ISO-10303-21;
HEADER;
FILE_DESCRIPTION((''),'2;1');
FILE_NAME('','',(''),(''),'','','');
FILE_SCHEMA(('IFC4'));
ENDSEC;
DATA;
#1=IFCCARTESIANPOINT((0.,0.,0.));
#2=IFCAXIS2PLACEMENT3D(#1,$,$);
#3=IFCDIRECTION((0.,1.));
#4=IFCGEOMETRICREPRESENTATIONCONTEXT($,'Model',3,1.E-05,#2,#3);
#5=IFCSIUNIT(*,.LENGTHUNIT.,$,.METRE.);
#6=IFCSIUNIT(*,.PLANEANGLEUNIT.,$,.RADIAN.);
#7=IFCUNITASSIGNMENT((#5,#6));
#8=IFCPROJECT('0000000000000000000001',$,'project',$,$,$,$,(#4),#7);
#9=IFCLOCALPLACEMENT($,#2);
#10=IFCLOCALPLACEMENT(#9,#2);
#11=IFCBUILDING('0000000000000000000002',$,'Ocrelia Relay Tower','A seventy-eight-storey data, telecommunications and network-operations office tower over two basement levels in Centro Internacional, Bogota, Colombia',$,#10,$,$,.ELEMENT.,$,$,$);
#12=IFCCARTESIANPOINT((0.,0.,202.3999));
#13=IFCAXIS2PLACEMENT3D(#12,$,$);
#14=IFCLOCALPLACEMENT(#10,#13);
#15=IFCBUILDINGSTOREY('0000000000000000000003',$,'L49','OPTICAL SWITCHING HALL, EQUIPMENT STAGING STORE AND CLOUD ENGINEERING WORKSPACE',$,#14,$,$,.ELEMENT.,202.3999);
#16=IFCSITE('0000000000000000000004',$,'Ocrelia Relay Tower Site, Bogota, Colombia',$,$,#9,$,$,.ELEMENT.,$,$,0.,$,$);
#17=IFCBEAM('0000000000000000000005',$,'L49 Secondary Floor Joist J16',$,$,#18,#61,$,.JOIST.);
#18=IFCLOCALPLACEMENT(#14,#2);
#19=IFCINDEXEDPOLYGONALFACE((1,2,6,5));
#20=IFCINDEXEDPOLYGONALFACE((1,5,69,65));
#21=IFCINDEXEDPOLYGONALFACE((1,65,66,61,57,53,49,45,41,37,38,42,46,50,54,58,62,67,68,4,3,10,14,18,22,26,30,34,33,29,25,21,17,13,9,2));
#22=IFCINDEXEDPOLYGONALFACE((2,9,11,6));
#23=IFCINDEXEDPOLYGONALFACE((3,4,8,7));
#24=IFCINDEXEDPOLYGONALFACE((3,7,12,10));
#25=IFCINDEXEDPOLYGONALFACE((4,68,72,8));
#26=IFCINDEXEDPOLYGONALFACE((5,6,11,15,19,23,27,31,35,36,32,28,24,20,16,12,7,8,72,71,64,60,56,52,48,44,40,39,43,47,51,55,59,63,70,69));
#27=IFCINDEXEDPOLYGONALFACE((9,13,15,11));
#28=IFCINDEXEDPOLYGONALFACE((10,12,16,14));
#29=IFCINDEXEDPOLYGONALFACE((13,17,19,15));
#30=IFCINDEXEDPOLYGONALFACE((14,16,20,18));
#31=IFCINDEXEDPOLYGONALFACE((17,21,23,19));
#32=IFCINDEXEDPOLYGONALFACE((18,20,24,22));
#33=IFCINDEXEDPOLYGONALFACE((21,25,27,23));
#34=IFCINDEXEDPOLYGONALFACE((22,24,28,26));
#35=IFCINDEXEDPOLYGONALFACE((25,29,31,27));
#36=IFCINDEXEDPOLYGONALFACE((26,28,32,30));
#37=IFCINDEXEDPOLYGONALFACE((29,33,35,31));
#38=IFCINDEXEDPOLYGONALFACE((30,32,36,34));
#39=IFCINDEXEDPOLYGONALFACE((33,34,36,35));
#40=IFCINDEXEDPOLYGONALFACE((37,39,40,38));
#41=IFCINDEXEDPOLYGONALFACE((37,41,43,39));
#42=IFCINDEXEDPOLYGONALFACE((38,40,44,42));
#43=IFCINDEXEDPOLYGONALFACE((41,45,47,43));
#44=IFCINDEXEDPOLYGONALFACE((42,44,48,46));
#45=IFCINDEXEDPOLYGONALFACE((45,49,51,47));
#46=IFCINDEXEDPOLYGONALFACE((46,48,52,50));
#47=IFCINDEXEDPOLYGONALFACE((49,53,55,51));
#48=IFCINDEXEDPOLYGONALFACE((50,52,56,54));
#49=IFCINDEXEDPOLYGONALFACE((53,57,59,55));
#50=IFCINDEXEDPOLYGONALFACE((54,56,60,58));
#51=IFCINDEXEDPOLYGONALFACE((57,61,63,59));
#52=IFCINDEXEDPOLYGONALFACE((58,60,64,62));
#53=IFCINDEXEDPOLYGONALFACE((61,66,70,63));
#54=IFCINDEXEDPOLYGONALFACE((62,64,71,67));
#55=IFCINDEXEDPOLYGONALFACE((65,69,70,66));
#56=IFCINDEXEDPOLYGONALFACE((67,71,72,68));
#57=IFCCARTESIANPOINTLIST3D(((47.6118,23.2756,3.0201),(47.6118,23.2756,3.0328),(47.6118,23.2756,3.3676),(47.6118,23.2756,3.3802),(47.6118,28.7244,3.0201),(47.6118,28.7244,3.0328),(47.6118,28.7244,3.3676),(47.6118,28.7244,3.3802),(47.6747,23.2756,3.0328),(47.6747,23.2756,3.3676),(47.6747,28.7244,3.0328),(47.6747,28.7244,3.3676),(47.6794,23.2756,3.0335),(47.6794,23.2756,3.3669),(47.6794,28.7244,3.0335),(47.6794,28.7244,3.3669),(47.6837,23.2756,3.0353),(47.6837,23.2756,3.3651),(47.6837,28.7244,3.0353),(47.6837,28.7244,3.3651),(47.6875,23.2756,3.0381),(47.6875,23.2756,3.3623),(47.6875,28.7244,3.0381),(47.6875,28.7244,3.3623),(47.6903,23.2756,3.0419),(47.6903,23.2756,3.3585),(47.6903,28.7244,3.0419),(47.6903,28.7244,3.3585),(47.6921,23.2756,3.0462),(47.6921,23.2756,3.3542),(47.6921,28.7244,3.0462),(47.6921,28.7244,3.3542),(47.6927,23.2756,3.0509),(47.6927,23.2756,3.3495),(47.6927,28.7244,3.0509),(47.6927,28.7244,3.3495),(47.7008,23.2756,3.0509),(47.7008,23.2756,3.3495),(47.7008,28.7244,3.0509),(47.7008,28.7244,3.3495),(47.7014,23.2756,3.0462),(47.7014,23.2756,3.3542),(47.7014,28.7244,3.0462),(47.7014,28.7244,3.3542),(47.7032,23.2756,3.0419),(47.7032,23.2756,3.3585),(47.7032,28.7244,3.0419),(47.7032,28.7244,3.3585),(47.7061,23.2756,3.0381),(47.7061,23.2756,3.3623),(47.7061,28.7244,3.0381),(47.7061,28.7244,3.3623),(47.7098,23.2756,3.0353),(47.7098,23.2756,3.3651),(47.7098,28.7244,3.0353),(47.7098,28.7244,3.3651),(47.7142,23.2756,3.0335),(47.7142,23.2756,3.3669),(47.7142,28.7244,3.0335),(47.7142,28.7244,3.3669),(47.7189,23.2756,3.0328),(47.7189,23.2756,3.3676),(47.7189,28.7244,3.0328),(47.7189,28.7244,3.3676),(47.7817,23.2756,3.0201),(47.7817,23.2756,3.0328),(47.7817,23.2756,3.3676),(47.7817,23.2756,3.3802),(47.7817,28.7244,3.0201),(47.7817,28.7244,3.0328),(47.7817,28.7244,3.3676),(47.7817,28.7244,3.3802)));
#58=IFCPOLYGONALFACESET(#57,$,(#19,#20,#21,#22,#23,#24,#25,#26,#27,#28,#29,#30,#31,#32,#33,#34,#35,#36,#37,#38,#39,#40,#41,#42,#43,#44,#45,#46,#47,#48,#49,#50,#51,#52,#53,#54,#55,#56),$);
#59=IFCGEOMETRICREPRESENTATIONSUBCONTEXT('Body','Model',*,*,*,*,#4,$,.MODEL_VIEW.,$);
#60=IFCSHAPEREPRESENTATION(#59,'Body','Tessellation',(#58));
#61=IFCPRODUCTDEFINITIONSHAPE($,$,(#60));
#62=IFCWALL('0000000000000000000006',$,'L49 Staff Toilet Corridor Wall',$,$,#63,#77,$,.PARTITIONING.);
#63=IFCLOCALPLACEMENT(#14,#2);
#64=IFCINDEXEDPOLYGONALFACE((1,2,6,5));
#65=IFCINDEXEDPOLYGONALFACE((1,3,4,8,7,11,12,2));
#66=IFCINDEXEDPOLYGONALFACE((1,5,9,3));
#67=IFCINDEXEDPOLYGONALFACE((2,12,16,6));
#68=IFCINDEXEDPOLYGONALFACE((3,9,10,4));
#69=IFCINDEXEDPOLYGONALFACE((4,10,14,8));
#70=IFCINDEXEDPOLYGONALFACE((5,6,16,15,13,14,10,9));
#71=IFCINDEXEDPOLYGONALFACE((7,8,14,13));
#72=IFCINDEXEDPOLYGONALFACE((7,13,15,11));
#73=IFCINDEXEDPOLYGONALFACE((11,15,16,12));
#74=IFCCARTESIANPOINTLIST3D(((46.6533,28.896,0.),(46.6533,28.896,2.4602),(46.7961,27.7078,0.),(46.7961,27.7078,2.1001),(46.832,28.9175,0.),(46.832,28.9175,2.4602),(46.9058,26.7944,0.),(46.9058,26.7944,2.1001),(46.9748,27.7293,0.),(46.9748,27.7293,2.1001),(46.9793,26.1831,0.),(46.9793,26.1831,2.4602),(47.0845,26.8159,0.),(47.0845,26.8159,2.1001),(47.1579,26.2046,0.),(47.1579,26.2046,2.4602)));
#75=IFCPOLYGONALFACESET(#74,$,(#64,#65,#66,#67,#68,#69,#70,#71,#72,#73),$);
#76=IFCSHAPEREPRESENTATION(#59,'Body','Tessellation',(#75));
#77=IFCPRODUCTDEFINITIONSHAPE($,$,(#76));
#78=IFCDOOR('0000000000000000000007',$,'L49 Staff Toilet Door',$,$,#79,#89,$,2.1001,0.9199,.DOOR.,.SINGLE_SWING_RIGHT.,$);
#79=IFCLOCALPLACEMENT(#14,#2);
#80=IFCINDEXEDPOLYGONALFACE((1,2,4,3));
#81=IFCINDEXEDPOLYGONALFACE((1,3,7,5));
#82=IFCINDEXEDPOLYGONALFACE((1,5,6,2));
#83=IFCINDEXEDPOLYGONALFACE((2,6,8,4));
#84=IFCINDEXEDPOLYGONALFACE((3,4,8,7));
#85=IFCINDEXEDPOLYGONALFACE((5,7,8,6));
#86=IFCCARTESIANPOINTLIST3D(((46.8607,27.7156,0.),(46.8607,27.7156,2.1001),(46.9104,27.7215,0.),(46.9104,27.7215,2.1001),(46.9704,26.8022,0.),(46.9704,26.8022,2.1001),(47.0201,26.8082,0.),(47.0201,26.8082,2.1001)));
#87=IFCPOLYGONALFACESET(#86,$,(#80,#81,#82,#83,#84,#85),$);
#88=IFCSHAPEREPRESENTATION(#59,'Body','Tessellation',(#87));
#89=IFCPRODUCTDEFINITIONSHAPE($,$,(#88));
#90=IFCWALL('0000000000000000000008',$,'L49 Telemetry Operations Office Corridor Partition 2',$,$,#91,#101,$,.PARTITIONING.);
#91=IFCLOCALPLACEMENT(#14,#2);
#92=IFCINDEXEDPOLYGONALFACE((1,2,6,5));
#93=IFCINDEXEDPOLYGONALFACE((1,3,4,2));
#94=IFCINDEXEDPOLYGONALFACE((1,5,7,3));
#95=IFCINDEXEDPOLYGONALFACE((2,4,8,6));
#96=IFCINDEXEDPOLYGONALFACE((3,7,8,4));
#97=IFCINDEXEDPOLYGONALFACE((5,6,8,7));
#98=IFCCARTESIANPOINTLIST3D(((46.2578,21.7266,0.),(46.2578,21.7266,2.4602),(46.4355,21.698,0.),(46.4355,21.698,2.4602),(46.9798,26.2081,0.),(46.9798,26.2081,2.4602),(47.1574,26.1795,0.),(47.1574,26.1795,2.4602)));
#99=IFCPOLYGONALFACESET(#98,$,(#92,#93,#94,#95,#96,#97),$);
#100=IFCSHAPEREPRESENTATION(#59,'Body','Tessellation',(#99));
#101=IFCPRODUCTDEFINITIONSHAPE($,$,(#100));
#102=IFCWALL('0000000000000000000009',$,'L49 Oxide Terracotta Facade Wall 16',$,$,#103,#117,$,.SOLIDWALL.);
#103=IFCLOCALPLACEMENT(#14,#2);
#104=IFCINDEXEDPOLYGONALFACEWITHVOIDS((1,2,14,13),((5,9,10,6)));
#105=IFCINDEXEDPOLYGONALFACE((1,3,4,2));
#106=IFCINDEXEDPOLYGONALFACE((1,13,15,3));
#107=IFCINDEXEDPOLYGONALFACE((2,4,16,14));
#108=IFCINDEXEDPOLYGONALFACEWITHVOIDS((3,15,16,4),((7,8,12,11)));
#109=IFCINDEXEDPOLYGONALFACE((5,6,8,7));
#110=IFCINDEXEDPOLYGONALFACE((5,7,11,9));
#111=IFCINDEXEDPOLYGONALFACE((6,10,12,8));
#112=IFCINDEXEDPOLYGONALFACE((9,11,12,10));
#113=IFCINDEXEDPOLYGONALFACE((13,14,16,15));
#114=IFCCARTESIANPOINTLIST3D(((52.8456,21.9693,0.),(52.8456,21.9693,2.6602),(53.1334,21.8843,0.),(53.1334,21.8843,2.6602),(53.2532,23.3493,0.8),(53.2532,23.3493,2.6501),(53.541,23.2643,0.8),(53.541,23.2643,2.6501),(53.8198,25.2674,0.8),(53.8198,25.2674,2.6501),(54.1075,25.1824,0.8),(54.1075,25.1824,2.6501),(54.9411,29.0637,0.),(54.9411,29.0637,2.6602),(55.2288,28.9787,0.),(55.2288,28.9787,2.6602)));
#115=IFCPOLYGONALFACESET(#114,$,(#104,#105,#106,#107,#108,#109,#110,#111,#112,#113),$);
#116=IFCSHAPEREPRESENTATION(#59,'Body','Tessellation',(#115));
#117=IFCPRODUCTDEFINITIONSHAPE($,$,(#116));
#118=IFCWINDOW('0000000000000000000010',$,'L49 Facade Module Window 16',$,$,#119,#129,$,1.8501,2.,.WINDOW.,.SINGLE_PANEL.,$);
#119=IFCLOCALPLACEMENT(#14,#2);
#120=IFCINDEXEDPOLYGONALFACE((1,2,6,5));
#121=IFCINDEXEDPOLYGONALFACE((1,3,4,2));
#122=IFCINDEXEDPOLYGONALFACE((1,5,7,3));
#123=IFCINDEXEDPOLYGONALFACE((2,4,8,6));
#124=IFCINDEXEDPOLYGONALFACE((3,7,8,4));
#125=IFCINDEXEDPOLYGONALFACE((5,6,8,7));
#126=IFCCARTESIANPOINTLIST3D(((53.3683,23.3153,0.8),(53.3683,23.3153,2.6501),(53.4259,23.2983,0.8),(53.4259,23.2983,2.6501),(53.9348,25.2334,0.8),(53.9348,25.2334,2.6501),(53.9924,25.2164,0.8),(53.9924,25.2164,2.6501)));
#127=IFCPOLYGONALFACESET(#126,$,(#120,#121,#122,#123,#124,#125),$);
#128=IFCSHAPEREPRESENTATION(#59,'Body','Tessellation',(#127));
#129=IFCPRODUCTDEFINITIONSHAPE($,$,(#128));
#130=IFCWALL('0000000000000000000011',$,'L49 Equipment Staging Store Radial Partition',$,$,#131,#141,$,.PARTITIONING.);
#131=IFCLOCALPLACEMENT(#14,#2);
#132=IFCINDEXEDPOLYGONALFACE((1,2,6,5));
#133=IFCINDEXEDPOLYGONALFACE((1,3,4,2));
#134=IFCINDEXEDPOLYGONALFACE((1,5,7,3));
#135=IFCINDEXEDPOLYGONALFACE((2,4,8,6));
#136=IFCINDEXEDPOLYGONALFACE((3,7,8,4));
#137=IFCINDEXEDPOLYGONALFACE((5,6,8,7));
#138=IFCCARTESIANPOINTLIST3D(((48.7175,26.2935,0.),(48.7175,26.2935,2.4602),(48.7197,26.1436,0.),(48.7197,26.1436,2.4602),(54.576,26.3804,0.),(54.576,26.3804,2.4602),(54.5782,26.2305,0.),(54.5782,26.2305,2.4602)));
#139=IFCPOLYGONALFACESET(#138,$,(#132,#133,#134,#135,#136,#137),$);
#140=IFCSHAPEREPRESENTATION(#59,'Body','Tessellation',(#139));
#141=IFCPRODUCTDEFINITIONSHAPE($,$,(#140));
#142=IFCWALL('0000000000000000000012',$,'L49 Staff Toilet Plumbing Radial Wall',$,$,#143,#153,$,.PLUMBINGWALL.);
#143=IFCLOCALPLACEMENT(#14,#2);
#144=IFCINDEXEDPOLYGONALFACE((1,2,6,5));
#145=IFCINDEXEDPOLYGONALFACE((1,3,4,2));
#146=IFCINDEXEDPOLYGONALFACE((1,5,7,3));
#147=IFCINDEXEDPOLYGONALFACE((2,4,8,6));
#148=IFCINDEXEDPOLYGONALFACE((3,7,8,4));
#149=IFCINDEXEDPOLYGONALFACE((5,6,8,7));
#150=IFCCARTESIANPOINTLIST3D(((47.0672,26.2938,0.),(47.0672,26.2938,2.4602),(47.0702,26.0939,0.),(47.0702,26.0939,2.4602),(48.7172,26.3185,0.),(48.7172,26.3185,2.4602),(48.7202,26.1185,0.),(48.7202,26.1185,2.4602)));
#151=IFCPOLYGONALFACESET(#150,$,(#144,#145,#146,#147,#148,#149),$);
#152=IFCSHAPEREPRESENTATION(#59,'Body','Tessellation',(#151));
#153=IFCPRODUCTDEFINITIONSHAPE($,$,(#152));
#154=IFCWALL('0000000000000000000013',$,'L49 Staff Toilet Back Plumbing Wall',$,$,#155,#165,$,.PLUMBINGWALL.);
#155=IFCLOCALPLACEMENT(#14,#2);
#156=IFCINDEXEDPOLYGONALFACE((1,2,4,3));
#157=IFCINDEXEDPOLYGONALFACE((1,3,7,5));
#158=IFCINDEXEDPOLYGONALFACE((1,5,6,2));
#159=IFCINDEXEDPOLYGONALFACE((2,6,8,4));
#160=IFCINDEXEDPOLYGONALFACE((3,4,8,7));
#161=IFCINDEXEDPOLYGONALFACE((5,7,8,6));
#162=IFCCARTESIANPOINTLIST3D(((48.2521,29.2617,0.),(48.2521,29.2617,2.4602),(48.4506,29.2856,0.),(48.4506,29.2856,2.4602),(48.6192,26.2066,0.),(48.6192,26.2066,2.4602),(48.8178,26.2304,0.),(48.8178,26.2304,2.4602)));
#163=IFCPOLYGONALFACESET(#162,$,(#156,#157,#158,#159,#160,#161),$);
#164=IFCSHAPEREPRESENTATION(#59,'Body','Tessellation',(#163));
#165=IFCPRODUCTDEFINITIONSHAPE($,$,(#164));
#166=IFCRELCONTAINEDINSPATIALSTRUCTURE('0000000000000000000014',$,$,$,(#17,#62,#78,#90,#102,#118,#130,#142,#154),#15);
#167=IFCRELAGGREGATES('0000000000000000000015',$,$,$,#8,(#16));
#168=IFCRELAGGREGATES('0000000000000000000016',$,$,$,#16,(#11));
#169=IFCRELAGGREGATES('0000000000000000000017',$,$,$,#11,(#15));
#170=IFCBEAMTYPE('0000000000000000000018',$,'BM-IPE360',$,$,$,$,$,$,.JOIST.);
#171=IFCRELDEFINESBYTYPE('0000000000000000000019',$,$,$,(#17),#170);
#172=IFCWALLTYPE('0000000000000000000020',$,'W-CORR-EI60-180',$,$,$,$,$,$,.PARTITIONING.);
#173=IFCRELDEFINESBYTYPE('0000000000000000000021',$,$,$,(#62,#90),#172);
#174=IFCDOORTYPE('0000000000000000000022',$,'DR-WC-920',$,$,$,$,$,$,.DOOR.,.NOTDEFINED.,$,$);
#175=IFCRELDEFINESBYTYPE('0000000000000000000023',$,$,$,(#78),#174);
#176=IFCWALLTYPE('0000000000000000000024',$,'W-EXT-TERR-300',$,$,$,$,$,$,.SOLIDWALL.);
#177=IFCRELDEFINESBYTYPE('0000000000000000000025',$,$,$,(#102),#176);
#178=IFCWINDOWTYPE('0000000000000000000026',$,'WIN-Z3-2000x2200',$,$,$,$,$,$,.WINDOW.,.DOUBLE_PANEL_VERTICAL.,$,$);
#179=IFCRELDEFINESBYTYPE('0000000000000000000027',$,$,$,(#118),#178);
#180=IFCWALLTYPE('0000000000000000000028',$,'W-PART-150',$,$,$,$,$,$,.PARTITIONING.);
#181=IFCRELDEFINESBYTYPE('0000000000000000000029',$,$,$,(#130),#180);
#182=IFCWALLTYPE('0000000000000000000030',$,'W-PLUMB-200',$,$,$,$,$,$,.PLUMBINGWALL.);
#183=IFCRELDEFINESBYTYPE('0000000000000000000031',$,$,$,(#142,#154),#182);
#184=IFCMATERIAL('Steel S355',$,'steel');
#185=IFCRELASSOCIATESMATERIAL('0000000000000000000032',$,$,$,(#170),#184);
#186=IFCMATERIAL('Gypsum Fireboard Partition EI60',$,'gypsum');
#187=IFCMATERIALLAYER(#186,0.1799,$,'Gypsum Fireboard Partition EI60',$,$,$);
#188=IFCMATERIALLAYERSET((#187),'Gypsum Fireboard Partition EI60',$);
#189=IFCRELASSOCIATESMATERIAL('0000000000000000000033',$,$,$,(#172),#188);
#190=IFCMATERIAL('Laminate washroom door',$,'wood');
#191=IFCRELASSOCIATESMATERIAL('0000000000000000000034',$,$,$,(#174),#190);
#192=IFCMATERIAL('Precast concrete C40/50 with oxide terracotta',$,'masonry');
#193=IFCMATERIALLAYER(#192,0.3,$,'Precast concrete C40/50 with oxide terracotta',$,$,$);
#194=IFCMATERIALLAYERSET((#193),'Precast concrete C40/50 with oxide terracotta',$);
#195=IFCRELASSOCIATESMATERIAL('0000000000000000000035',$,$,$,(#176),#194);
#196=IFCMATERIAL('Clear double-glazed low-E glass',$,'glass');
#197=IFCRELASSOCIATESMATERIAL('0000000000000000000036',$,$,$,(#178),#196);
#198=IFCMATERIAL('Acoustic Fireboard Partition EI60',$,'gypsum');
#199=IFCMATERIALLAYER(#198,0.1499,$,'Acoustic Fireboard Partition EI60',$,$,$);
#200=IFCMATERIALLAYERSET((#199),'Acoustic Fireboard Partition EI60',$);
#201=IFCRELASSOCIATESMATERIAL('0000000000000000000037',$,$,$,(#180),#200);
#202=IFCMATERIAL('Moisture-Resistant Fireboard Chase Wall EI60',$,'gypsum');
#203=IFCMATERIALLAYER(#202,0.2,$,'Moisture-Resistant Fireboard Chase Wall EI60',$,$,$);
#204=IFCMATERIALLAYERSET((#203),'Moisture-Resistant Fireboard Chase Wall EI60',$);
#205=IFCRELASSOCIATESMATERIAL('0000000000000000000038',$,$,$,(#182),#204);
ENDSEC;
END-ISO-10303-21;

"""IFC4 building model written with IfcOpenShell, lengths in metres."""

from ifc_helpers import new_model, si_unit, direction, frame, frame_2d, origin, origin_2d, place, context, subcontext, project, spatial, rectangle, i_section, extrude, material, layer, layer_set, material_profile, profile_set, type_object, element, fill, save


model = new_model("IFC4")

# Units and contexts
model_context = context("Model", 3, precision=1e-05, world=origin(), true_north=direction((0.0, 1.0)))
body_context = subcontext(model_context, "Body", "Model", "MODEL_VIEW")
ifc_project = project(units=[si_unit("LENGTHUNIT", "METRE"), si_unit("PLANEANGLEUNIT", "RADIAN")], contexts=[model_context])

# Site, building, storey
site_placement = place(None, origin())
site = spatial("IfcSite", under=ifc_project, at=site_placement, Name="Ocrelia Relay Tower Site, Bogota, Colombia", CompositionType="ELEMENT", RefElevation=0.0)
building_placement = place(site_placement, origin())
building = spatial("IfcBuilding", under=site, at=building_placement, Name="Ocrelia Relay Tower", Description="A seventy-eight-storey data, telecommunications and network-operations office tower over two basement levels in Centro Internacional, Bogota, Colombia", CompositionType="ELEMENT")
storey_placement = place(building_placement, frame((0.0, 0.0, 202.3999)))
storey = spatial("IfcBuildingStorey", under=building, at=storey_placement, Name="L49", Description="OPTICAL SWITCHING HALL, EQUIPMENT STAGING STORE AND CLOUD ENGINEERING WORKSPACE", CompositionType="ELEMENT", Elevation=202.3999)

# Beam
ifc_material_1 = material(Name="Steel S355", Category="steel")
ifc_material_profile_1 = material_profile(ifc_material_1, i_section(OverallWidth=0.1699, OverallDepth=0.3601, WebThickness=0.0081, FlangeThickness=0.0127, FilletRadius=0.0181, at=origin_2d()), Name="IPE 360")
ifc_profile_set_1 = profile_set([ifc_material_profile_1], Name="Steel S355")
beam_type_1 = type_object("IfcBeamType", Name="BM-IPE360", PredefinedType="JOIST", material=ifc_profile_set_1)
beam_1_placement = place(storey_placement, frame((47.6968, 23.2756, 3.2002), z_axis=(0.0, 1.0, 0.0), x_axis=(-1.0, 0.0, 0.0)))
element("IfcBeam", 1, at=beam_1_placement, inside=storey, type_object=beam_type_1, Name="L49 Secondary Floor Joist J16", PredefinedType="JOIST", context=body_context, shape_type="SweptSolid", body=[
    extrude(i_section(OverallWidth=0.1699, OverallDepth=0.3601, WebThickness=0.0081, FlangeThickness=0.0127, FilletRadius=0.0181, at=origin_2d()), origin(), (0.0, 0.0, 1.0), 5.4487),
])

# Wall, opening, door
ifc_material_2 = material(Name="Gypsum Fireboard Partition EI60", Category="gypsum")
ifc_layer_1 = layer(ifc_material_2, 0.1799, Name="Gypsum Fireboard Partition EI60")
ifc_layer_set_1 = layer_set([ifc_layer_1], Name="Gypsum Fireboard Partition EI60")
wall_type_1 = type_object("IfcWallType", Name="W-CORR-EI60-180", PredefinedType="PARTITIONING", material=ifc_layer_set_1)
wall_1_placement = place(storey_placement, frame((47.0686, 26.1938, 0.0), z_axis=(0.0, 0.0, 1.0), x_axis=(-0.119283, 0.99286, 0.0)))
wall_1 = element("IfcWall", 2, at=wall_1_placement, inside=storey, type_object=wall_type_1, Name="L49 Staff Toilet Corridor Wall", PredefinedType="PARTITIONING", context=body_context, shape_type="SweptSolid", body=[
    extrude(rectangle(XDim=2.7324, YDim=0.1799, at=frame_2d((1.3662, 0.0))), origin(), (0.0, 0.0, 1.0), 2.4602),
])
opening_1_placement = place(wall_1_placement, frame((0.6157, 0.0, 0.0)))
opening_1 = element("IfcOpeningElement", 3, at=opening_1_placement, cuts=wall_1, PredefinedType="OPENING", context=body_context, shape_type="SweptSolid", body=[
    extrude(rectangle(XDim=0.9199, YDim=2.1001, at=frame_2d((0.46, 1.05))), frame((0.0, 0.1001, 0.0), z_axis=(0.0, -1.0, 0.0), x_axis=(1.0, 0.0, 0.0)), (0.0, 0.0, 1.0), 0.2),
])
ifc_material_3 = material(Name="Laminate washroom door", Category="wood")
door_type = type_object("IfcDoorType", Name="DR-WC-920", OperationType="NOTDEFINED", PredefinedType="DOOR", material=ifc_material_3)
door_placement = place(opening_1_placement, origin())
door = element("IfcDoor", 4, at=door_placement, inside=storey, type_object=door_type, Name="L49 Staff Toilet Door", OperationType="SINGLE_SWING_RIGHT", OverallHeight=2.1001, OverallWidth=0.9199, PredefinedType="DOOR", context=body_context, shape_type="SweptSolid", body=[
    extrude(rectangle(XDim=0.9199, YDim=2.1001, at=frame_2d((0.46, 1.05))), frame((0.0, 0.0249, 0.0), z_axis=(0.0, -1.0, 0.0), x_axis=(1.0, 0.0, 0.0)), (0.0, 0.0, 1.0), 0.05),
])
fill(opening_1, door)

# Wall
wall_2_placement = place(storey_placement, frame((46.3467, 21.7124, 0.0), z_axis=(0.0, 0.0, 1.0), x_axis=(0.159041, 0.987272, 0.0)))
element("IfcWall", 5, at=wall_2_placement, inside=storey, type_object=wall_type_1, Name="L49 Telemetry Operations Office Corridor Partition 2", PredefinedType="PARTITIONING", context=body_context, shape_type="SweptSolid", body=[
    extrude(rectangle(XDim=4.5393, YDim=0.1799, at=frame_2d((2.2695, 0.0))), origin(), (0.0, 0.0, 1.0), 2.4602),
])

# Wall, opening, window
ifc_material_4 = material(Name="Precast concrete C40/50 with oxide terracotta", Category="masonry")
ifc_layer_2 = layer(ifc_material_4, 0.3, Name="Precast concrete C40/50 with oxide terracotta")
ifc_layer_set_2 = layer_set([ifc_layer_2], Name="Precast concrete C40/50 with oxide terracotta")
wall_type_2 = type_object("IfcWallType", Name="W-EXT-TERR-300", PredefinedType="SOLIDWALL", material=ifc_layer_set_2)
wall_3_placement = place(storey_placement, frame((52.9895, 21.9268, 0.0), z_axis=(0.0, 0.0, 1.0), x_axis=(0.283267, 0.959041, 0.0)))
wall_3 = element("IfcWall", 6, at=wall_3_placement, inside=storey, type_object=wall_type_2, Name="L49 Oxide Terracotta Facade Wall 16", PredefinedType="SOLIDWALL", context=body_context, shape_type="SweptSolid", body=[
    extrude(rectangle(XDim=7.3975, YDim=0.3, at=frame_2d((3.6987, 0.0))), origin(), (0.0, 0.0, 1.0), 2.6602),
])
opening_2_placement = place(wall_3_placement, frame((1.439, 0.0, 0.8)))
opening_2 = element("IfcOpeningElement", 7, at=opening_2_placement, cuts=wall_3, PredefinedType="OPENING", context=body_context, shape_type="SweptSolid", body=[
    extrude(rectangle(XDim=2.0, YDim=1.8501, at=frame_2d((1.0, 0.925))), frame((0.0, 0.1602, 0.0), z_axis=(0.0, -1.0, 0.0), x_axis=(1.0, 0.0, 0.0)), (0.0, 0.0, 1.0), 0.3201),
])
ifc_material_5 = material(Name="Clear double-glazed low-E glass", Category="glass")
window_type = type_object("IfcWindowType", Name="WIN-Z3-2000x2200", PartitioningType="DOUBLE_PANEL_VERTICAL", PredefinedType="WINDOW", material=ifc_material_5)
window_placement = place(opening_2_placement, origin())
window = element("IfcWindow", 8, at=window_placement, inside=storey, type_object=window_type, Name="L49 Facade Module Window 16", OverallHeight=1.8501, OverallWidth=2.0, PartitioningType="SINGLE_PANEL", PredefinedType="WINDOW", context=body_context, shape_type="SweptSolid", body=[
    extrude(rectangle(XDim=2.0, YDim=1.8501, at=frame_2d((1.0, 0.925))), frame((0.0, 0.03, 0.0), z_axis=(0.0, -1.0, 0.0), x_axis=(1.0, 0.0, 0.0)), (0.0, 0.0, 1.0), 0.0601),
])
fill(opening_2, window)

# Walls
ifc_material_6 = material(Name="Acoustic Fireboard Partition EI60", Category="gypsum")
ifc_layer_3 = layer(ifc_material_6, 0.1499, Name="Acoustic Fireboard Partition EI60")
ifc_layer_set_3 = layer_set([ifc_layer_3], Name="Acoustic Fireboard Partition EI60")
wall_type_3 = type_object("IfcWallType", Name="W-PART-150", PredefinedType="PARTITIONING", material=ifc_layer_set_3)
wall_4_placement = place(storey_placement, frame((48.7185, 26.2185, 0.0), z_axis=(0.0, 0.0, 1.0), x_axis=(0.99989, 0.014834, 0.0)))
element("IfcWall", 9, at=wall_4_placement, inside=storey, type_object=wall_type_3, Name="L49 Equipment Staging Store Radial Partition", PredefinedType="PARTITIONING", context=body_context, shape_type="SweptSolid", body=[
    extrude(rectangle(XDim=5.8591, YDim=0.1499, at=frame_2d((2.9297, 0.0))), origin(), (0.0, 0.0, 1.0), 2.4602),
])
ifc_material_7 = material(Name="Moisture-Resistant Fireboard Chase Wall EI60", Category="gypsum")
ifc_layer_4 = layer(ifc_material_7, 0.2, Name="Moisture-Resistant Fireboard Chase Wall EI60")
ifc_layer_set_4 = layer_set([ifc_layer_4], Name="Moisture-Resistant Fireboard Chase Wall EI60")
wall_type_4 = type_object("IfcWallType", Name="W-PLUMB-200", PredefinedType="PLUMBINGWALL", material=ifc_layer_set_4)
wall_5_placement = place(storey_placement, frame((47.0686, 26.1938, 0.0), z_axis=(0.0, 0.0, 1.0), x_axis=(0.999888, 0.014944, 0.0)))
element("IfcWall", 10, at=wall_5_placement, inside=storey, type_object=wall_type_4, Name="L49 Staff Toilet Plumbing Radial Wall", PredefinedType="PLUMBINGWALL", context=body_context, shape_type="SweptSolid", body=[
    extrude(rectangle(XDim=1.6501, YDim=0.2, at=frame_2d((0.8252, 0.0))), origin(), (0.0, 0.0, 1.0), 2.4602),
])
wall_6_placement = place(storey_placement, frame((48.7185, 26.2185, 0.0), z_axis=(0.0, 0.0, 1.0), x_axis=(-0.119327, 0.992855, 0.0)))
element("IfcWall", 11, at=wall_6_placement, inside=storey, type_object=wall_type_4, Name="L49 Staff Toilet Back Plumbing Wall", PredefinedType="PLUMBINGWALL", context=body_context, shape_type="SweptSolid", body=[
    extrude(rectangle(XDim=3.0771, YDim=0.2, at=frame_2d((1.5386, 0.0))), origin(), (0.0, 0.0, 1.0), 2.4602),
])

save(model, "model.ifc")
